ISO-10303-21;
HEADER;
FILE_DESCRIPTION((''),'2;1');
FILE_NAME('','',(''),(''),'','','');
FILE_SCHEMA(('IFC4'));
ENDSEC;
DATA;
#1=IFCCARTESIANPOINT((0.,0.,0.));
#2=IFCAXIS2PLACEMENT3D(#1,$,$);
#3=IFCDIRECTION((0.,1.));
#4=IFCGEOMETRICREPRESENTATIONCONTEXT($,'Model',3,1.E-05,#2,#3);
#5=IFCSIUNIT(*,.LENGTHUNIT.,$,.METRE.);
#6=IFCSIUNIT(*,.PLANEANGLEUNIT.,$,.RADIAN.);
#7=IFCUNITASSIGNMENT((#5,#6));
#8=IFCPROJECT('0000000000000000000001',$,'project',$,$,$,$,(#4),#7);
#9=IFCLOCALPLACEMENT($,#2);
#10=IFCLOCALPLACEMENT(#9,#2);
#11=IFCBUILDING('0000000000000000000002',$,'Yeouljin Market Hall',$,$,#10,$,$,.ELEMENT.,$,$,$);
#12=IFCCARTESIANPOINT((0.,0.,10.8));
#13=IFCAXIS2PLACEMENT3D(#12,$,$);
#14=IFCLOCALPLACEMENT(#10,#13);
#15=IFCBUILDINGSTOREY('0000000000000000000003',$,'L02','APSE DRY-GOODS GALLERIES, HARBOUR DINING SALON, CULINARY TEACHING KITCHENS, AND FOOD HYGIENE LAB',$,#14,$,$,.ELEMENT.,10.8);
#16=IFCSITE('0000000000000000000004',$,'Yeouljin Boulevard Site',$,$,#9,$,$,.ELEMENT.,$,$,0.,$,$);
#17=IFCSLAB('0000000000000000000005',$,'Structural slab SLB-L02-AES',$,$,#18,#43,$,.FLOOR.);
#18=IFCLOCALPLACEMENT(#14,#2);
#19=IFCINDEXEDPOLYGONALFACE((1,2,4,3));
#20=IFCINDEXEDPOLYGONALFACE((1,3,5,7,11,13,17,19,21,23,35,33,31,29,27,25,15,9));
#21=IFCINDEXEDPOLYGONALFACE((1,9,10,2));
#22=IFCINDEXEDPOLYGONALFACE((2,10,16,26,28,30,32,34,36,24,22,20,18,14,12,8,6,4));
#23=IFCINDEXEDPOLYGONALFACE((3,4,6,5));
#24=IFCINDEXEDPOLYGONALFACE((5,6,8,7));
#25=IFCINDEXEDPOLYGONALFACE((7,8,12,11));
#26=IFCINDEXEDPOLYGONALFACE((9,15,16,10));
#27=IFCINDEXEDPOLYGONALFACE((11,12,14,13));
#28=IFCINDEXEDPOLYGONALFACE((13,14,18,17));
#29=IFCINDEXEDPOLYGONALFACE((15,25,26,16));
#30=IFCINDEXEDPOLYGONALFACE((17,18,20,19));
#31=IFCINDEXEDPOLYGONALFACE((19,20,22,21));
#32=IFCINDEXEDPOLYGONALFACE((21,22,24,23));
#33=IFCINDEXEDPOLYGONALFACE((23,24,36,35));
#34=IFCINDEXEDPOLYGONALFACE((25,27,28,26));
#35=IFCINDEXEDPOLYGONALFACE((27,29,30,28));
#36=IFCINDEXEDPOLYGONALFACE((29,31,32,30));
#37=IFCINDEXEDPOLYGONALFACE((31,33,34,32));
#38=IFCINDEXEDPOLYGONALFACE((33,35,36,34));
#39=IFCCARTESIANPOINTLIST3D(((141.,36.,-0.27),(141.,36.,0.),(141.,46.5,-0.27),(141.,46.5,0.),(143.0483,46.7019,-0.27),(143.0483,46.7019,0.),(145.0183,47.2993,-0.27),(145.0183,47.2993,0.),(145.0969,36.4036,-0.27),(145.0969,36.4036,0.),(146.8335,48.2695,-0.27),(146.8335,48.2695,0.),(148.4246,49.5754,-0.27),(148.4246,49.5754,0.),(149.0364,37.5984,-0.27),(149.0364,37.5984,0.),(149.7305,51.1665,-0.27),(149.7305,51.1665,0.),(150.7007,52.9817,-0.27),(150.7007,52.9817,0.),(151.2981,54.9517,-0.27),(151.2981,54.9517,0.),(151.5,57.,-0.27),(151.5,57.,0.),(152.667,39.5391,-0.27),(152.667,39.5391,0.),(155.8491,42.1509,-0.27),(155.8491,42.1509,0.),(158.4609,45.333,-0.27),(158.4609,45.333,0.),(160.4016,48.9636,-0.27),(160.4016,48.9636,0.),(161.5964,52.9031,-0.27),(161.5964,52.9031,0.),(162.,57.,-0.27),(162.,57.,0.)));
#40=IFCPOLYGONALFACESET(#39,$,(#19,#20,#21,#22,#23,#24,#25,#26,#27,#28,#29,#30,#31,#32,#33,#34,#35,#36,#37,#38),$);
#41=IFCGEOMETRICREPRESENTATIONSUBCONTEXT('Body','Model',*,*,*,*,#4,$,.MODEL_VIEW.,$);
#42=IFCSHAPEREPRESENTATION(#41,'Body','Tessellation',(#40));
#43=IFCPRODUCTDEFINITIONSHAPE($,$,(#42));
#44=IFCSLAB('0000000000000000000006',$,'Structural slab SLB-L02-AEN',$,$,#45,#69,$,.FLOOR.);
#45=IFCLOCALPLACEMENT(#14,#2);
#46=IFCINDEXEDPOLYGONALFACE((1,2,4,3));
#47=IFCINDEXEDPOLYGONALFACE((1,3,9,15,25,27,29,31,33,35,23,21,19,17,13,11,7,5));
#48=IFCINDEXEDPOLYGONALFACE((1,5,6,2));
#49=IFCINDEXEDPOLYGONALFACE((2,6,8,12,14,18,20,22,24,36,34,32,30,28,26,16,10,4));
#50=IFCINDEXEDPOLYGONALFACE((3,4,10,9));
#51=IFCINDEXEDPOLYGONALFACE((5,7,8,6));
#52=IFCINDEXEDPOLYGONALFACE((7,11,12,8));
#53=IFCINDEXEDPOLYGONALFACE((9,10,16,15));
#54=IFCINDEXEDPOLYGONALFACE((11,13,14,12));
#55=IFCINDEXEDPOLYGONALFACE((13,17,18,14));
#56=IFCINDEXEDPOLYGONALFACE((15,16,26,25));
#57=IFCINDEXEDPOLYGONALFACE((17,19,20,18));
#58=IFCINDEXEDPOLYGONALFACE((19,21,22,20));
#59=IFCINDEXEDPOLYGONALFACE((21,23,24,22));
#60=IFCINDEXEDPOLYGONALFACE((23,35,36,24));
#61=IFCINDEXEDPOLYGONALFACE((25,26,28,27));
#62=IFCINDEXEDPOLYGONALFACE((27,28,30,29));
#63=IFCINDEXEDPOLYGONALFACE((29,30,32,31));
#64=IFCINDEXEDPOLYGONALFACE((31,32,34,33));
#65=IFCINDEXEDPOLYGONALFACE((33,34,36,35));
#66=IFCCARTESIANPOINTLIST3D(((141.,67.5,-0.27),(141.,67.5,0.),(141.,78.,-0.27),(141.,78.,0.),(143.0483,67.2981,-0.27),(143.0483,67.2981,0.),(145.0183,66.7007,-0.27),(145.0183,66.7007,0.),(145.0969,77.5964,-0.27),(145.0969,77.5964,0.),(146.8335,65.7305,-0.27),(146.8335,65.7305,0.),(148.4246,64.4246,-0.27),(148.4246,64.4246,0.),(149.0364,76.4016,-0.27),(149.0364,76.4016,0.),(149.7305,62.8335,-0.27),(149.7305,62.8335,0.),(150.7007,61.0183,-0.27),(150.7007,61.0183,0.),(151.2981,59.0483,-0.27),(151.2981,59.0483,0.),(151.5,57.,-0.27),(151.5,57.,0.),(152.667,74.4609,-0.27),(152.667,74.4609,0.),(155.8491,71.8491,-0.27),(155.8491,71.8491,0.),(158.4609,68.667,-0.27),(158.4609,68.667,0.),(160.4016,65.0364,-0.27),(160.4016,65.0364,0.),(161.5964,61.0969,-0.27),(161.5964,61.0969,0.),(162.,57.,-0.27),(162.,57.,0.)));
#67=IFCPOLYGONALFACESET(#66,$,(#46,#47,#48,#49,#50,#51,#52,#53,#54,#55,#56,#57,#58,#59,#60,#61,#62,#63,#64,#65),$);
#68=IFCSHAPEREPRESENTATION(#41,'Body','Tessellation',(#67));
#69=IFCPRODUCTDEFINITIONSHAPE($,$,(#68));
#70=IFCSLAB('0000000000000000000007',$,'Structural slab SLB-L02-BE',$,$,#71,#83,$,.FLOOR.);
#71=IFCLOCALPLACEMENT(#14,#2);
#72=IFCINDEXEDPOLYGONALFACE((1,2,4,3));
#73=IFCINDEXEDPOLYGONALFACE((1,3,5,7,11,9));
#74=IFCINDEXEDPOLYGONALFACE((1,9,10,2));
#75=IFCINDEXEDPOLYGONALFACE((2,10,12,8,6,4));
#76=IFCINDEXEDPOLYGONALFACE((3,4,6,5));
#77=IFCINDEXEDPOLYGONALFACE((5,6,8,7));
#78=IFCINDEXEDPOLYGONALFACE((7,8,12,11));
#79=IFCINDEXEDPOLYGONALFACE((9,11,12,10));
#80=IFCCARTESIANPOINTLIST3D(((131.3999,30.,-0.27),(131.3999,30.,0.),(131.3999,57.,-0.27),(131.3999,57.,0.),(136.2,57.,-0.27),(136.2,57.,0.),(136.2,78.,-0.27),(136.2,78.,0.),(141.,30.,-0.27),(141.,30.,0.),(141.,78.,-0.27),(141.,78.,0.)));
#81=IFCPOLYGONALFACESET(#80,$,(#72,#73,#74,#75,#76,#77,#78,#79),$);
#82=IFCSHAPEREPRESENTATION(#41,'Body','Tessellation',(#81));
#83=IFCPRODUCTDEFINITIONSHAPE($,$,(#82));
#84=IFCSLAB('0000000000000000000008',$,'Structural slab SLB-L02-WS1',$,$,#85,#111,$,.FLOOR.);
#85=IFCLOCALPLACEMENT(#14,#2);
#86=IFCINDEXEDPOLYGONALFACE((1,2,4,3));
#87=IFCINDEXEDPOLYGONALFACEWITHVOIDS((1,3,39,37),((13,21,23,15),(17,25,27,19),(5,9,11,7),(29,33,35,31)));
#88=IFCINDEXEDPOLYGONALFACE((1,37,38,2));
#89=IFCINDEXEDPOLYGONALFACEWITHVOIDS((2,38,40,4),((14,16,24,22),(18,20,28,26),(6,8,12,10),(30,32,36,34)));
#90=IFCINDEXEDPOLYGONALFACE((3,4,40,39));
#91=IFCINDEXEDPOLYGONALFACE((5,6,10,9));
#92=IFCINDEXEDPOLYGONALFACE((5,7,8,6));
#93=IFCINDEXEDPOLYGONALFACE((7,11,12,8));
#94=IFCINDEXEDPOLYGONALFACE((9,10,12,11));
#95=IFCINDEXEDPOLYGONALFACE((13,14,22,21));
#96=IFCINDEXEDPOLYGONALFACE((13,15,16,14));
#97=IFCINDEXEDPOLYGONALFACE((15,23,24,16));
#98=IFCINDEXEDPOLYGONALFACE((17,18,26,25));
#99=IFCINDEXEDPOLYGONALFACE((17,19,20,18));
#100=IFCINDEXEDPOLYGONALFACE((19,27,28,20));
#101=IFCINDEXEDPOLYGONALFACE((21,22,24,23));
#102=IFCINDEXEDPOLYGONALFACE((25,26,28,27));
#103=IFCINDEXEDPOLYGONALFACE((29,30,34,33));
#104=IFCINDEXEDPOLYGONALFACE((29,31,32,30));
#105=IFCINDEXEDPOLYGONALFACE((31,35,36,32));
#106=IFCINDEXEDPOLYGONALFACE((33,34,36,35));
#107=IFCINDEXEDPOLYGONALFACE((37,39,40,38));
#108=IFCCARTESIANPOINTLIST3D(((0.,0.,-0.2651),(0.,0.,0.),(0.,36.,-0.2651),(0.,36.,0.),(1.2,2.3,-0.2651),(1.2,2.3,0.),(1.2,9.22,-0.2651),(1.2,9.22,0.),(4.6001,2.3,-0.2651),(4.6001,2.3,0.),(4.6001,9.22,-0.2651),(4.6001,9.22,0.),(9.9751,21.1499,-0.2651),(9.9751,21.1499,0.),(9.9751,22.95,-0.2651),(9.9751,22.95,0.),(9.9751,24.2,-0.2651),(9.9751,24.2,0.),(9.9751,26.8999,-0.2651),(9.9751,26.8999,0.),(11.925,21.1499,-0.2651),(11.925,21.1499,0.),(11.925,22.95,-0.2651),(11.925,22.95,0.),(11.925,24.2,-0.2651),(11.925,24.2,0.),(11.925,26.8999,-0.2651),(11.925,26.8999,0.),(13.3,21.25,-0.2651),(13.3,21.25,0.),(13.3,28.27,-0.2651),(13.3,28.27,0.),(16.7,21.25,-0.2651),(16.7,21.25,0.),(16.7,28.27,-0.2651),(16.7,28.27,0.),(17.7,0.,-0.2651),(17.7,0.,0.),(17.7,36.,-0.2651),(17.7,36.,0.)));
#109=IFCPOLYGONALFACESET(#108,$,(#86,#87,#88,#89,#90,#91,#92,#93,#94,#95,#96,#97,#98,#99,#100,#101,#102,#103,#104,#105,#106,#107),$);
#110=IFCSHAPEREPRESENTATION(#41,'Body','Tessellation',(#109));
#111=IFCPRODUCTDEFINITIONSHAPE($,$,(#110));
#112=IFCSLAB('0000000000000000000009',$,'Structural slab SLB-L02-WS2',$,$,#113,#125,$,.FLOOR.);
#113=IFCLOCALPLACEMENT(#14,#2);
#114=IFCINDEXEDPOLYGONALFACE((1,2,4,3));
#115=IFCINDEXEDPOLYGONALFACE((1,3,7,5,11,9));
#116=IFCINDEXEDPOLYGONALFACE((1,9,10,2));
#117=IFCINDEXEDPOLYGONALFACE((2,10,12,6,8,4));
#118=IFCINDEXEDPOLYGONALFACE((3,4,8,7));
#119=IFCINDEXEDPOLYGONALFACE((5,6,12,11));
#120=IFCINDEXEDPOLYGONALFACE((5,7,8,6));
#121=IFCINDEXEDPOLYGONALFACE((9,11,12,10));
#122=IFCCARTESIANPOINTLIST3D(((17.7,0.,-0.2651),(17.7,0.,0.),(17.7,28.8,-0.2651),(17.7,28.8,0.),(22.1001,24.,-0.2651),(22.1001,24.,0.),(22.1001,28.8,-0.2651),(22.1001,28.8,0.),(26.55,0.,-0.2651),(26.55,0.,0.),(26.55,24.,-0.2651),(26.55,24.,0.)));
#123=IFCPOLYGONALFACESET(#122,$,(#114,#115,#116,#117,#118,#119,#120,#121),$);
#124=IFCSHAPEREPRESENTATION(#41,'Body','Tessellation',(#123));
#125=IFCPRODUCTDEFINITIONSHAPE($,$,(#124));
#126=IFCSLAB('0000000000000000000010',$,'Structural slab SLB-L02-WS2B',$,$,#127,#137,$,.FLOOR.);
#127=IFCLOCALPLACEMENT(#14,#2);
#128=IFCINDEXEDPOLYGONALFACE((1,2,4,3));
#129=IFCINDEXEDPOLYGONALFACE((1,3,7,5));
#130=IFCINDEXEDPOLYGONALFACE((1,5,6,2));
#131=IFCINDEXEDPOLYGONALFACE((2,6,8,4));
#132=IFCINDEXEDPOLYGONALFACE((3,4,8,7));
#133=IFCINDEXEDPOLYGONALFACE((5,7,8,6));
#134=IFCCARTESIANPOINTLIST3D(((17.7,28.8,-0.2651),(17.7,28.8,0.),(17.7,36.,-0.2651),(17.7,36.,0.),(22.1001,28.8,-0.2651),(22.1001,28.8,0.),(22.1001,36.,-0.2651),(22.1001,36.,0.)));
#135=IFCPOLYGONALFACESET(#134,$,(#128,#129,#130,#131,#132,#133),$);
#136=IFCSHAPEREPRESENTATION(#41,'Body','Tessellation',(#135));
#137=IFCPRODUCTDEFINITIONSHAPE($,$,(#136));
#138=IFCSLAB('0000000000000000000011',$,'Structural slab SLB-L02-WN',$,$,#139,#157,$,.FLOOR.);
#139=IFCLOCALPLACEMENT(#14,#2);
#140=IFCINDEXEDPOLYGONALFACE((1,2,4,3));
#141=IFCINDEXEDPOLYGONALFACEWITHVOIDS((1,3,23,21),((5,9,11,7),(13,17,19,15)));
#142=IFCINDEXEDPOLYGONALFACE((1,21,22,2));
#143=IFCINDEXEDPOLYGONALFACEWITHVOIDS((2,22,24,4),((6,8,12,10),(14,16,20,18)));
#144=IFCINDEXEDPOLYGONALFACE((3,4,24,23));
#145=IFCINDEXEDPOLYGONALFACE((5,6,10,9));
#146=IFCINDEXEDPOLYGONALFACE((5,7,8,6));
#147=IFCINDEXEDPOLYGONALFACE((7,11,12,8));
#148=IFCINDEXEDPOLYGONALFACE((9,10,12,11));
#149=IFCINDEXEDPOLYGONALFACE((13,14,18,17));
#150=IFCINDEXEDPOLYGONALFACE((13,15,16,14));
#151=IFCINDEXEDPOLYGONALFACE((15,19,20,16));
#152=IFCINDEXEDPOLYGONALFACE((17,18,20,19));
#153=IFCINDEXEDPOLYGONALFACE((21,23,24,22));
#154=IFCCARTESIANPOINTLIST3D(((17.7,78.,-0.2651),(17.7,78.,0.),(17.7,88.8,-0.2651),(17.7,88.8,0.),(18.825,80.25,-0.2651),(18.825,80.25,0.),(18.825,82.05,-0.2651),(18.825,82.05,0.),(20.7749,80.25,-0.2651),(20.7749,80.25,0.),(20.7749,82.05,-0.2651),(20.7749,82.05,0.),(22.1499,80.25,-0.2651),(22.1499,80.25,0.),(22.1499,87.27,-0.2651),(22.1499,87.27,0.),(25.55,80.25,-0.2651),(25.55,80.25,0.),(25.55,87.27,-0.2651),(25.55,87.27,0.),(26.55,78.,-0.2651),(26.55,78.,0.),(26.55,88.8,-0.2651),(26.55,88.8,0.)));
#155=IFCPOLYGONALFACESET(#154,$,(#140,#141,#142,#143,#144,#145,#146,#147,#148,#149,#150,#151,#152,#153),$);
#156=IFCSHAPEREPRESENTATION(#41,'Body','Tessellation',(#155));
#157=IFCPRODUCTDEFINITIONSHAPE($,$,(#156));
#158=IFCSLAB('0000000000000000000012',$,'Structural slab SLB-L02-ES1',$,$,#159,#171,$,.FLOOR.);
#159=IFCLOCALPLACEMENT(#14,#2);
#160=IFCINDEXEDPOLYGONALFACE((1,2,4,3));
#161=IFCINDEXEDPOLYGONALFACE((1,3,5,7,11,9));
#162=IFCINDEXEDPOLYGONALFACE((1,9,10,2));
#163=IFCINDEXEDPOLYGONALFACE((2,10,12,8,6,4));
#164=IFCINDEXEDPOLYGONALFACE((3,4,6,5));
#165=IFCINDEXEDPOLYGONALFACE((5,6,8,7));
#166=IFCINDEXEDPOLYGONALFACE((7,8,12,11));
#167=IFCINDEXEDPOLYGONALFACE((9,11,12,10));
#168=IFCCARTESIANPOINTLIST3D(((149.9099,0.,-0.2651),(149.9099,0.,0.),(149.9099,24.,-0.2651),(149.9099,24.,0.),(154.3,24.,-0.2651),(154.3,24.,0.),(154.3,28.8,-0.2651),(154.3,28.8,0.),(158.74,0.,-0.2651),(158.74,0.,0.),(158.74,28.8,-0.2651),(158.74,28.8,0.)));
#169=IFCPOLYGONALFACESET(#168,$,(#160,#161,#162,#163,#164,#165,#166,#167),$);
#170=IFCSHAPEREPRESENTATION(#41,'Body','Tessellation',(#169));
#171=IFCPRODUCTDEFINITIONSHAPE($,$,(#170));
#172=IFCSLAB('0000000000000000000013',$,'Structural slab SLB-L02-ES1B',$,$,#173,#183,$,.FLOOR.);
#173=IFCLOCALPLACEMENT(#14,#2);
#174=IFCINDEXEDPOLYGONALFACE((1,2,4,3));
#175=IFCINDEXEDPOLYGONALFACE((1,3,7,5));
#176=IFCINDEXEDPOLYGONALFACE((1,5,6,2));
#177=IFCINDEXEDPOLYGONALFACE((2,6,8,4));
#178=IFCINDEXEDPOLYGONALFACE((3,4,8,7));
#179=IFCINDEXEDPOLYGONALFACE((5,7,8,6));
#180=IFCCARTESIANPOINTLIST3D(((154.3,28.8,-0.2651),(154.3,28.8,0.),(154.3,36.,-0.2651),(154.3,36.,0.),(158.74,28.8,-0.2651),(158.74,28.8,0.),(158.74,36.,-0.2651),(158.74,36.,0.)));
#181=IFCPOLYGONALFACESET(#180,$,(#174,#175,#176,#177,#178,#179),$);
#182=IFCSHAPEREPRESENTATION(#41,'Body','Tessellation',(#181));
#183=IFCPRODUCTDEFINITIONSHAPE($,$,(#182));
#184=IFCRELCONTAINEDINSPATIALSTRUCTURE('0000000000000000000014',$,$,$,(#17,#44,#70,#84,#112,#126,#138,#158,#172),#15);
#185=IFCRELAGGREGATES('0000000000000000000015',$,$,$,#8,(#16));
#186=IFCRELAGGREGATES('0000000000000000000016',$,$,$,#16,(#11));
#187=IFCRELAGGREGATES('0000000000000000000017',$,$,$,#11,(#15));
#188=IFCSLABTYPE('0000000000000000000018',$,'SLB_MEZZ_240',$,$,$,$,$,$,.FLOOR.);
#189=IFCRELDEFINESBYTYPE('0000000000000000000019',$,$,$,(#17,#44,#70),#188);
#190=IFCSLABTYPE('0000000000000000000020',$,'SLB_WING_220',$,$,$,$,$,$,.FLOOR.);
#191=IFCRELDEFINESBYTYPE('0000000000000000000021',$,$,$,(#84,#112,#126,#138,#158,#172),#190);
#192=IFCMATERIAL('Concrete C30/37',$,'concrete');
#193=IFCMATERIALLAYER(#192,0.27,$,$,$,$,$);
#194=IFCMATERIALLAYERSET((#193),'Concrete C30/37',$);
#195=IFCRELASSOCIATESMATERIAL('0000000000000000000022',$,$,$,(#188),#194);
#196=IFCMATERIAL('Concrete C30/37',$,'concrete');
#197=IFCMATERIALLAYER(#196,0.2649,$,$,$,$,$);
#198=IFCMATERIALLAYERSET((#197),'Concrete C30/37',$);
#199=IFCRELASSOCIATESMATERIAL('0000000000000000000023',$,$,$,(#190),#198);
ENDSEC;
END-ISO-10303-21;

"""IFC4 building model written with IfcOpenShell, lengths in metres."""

from ifc_helpers import new_model, si_unit, direction, frame, origin, place, context, subcontext, project, spatial, polyline, outline, extrude, material, layer, layer_set, type_object, element, save


model = new_model("IFC4")

# Units and contexts
model_context = context("Model", 3, precision=1e-05, world=origin(), true_north=direction((0.0, 1.0)))
body_context = subcontext(model_context, "Body", "Model", "MODEL_VIEW")
ifc_project = project(units=[si_unit("LENGTHUNIT", "METRE"), si_unit("PLANEANGLEUNIT", "RADIAN")], contexts=[model_context])

# Site, building, storey
site_placement = place(None, origin())
site = spatial("IfcSite", under=ifc_project, at=site_placement, Name="Yeouljin Boulevard Site", CompositionType="ELEMENT", RefElevation=0.0)
building_placement = place(site_placement, origin())
building = spatial("IfcBuilding", under=site, at=building_placement, Name="Yeouljin Market Hall", CompositionType="ELEMENT")
storey_placement = place(building_placement, frame((0.0, 0.0, 10.8)))
storey = spatial("IfcBuildingStorey", under=building, at=storey_placement, Name="L02", Description="APSE DRY-GOODS GALLERIES, HARBOUR DINING SALON, CULINARY TEACHING KITCHENS, AND FOOD HYGIENE LAB", CompositionType="ELEMENT", Elevation=10.8)

# Slabs
ifc_material_1 = material(Name="Concrete C30/37", Category="concrete")
ifc_layer_1 = layer(ifc_material_1, 0.27)
ifc_layer_set_1 = layer_set([ifc_layer_1], Name="Concrete C30/37")
slab_type_1 = type_object("IfcSlabType", Name="SLB_MEZZ_240", PredefinedType="FLOOR", material=ifc_layer_set_1)
slab_1_placement = place(storey_placement, frame((0.0, 0.0, -0.27)))
element("IfcSlab", 1, at=slab_1_placement, inside=storey, type_object=slab_type_1, Name="Structural slab SLB-L02-AES", PredefinedType="FLOOR", context=body_context, shape_type="SweptSolid", body=[
    extrude(outline(polyline([(141.0, 36.0), (145.0969, 36.4036), (149.0364, 37.5984), (152.667, 39.5391), (155.8491, 42.1509), (158.4609, 45.333), (160.4016, 48.9636), (161.5964, 52.9031), (162.0, 57.0), (151.5, 57.0), (151.2981, 54.9517), (150.7007, 52.9817), (149.7305, 51.1665), (148.4246, 49.5754), (146.8335, 48.2695), (145.0183, 47.2993), (143.0483, 46.7019), (141.0, 46.5), (141.0, 36.0)])), origin(), (0.0, 0.0, 1.0), 0.27),
])
slab_2_placement = place(storey_placement, frame((0.0, 0.0, -0.27)))
element("IfcSlab", 2, at=slab_2_placement, inside=storey, type_object=slab_type_1, Name="Structural slab SLB-L02-AEN", PredefinedType="FLOOR", context=body_context, shape_type="SweptSolid", body=[
    extrude(outline(polyline([(162.0, 57.0), (161.5964, 61.0969), (160.4016, 65.0364), (158.4609, 68.667), (155.8491, 71.8491), (152.667, 74.4609), (149.0364, 76.4016), (145.0969, 77.5964), (141.0, 78.0), (141.0, 67.5), (143.0483, 67.2981), (145.0183, 66.7007), (146.8335, 65.7305), (148.4246, 64.4246), (149.7305, 62.8335), (150.7007, 61.0183), (151.2981, 59.0483), (151.5, 57.0), (162.0, 57.0)])), origin(), (0.0, 0.0, 1.0), 0.27),
])
slab_3_placement = place(storey_placement, frame((0.0, 0.0, -0.27)))
element("IfcSlab", 3, at=slab_3_placement, inside=storey, type_object=slab_type_1, Name="Structural slab SLB-L02-BE", PredefinedType="FLOOR", context=body_context, shape_type="SweptSolid", body=[
    extrude(outline(polyline([(131.3999, 30.0), (141.0, 30.0), (141.0, 78.0), (136.2, 78.0), (136.2, 57.0), (131.3999, 57.0), (131.3999, 30.0)])), origin(), (0.0, 0.0, 1.0), 0.27),
])
ifc_material_2 = material(Name="Concrete C30/37", Category="concrete")
ifc_layer_2 = layer(ifc_material_2, 0.2649)
ifc_layer_set_2 = layer_set([ifc_layer_2], Name="Concrete C30/37")
slab_type_2 = type_object("IfcSlabType", Name="SLB_WING_220", PredefinedType="FLOOR", material=ifc_layer_set_2)
slab_4_placement = place(storey_placement, frame((0.0, 0.0, -0.2651)))
element("IfcSlab", 4, at=slab_4_placement, inside=storey, type_object=slab_type_2, Name="Structural slab SLB-L02-WS1", PredefinedType="FLOOR", context=body_context, shape_type="SweptSolid", body=[
    extrude(outline(polyline([(0.0, 0.0), (17.7, 0.0), (17.7, 36.0), (0.0, 36.0), (0.0, 0.0)]), holes=[polyline([(13.3, 21.25), (16.7, 21.25), (16.7, 28.27), (13.3, 28.27), (13.3, 21.25)]), polyline([(1.2, 2.3), (4.6001, 2.3), (4.6001, 9.22), (1.2, 9.22), (1.2, 2.3)]), polyline([(9.9751, 21.1499), (11.925, 21.1499), (11.925, 22.95), (9.9751, 22.95), (9.9751, 21.1499)]), polyline([(9.9751, 24.2), (11.925, 24.2), (11.925, 26.8999), (9.9751, 26.8999), (9.9751, 24.2)])]), origin(), (0.0, 0.0, 1.0), 0.2651),
])
slab_5_placement = place(storey_placement, frame((0.0, 0.0, -0.2651)))
element("IfcSlab", 5, at=slab_5_placement, inside=storey, type_object=slab_type_2, Name="Structural slab SLB-L02-WS2", PredefinedType="FLOOR", context=body_context, shape_type="SweptSolid", body=[
    extrude(outline(polyline([(17.7, 0.0), (26.55, 0.0), (26.55, 24.0), (22.1001, 24.0), (22.1001, 28.8), (17.7, 28.8), (17.7, 0.0)])), origin(), (0.0, 0.0, 1.0), 0.2651),
])
slab_6_placement = place(storey_placement, frame((0.0, 0.0, -0.2651)))
element("IfcSlab", 6, at=slab_6_placement, inside=storey, type_object=slab_type_2, Name="Structural slab SLB-L02-WS2B", PredefinedType="FLOOR", context=body_context, shape_type="SweptSolid", body=[
    extrude(outline(polyline([(17.7, 28.8), (22.1001, 28.8), (22.1001, 36.0), (17.7, 36.0), (17.7, 28.8)])), origin(), (0.0, 0.0, 1.0), 0.2651),
])
slab_7_placement = place(storey_placement, frame((0.0, 0.0, -0.2651)))
element("IfcSlab", 7, at=slab_7_placement, inside=storey, type_object=slab_type_2, Name="Structural slab SLB-L02-WN", PredefinedType="FLOOR", context=body_context, shape_type="SweptSolid", body=[
    extrude(outline(polyline([(17.7, 78.0), (26.55, 78.0), (26.55, 88.8), (17.7, 88.8), (17.7, 78.0)]), holes=[polyline([(22.1499, 80.25), (25.55, 80.25), (25.55, 87.27), (22.1499, 87.27), (22.1499, 80.25)]), polyline([(18.825, 80.25), (20.7749, 80.25), (20.7749, 82.05), (18.825, 82.05), (18.825, 80.25)])]), origin(), (0.0, 0.0, 1.0), 0.2651),
])
slab_8_placement = place(storey_placement, frame((0.0, 0.0, -0.2651)))
element("IfcSlab", 8, at=slab_8_placement, inside=storey, type_object=slab_type_2, Name="Structural slab SLB-L02-ES1", PredefinedType="FLOOR", context=body_context, shape_type="SweptSolid", body=[
    extrude(outline(polyline([(149.9099, 0.0), (158.74, 0.0), (158.74, 28.8), (154.3, 28.8), (154.3, 24.0), (149.9099, 24.0), (149.9099, 0.0)])), origin(), (0.0, 0.0, 1.0), 0.2651),
])
slab_9_placement = place(storey_placement, frame((0.0, 0.0, -0.2651)))
element("IfcSlab", 9, at=slab_9_placement, inside=storey, type_object=slab_type_2, Name="Structural slab SLB-L02-ES1B", PredefinedType="FLOOR", context=body_context, shape_type="SweptSolid", body=[
    extrude(outline(polyline([(154.3, 28.8), (158.74, 28.8), (158.74, 36.0), (154.3, 36.0), (154.3, 28.8)])), origin(), (0.0, 0.0, 1.0), 0.2651),
])

save(model, "model.ifc")
